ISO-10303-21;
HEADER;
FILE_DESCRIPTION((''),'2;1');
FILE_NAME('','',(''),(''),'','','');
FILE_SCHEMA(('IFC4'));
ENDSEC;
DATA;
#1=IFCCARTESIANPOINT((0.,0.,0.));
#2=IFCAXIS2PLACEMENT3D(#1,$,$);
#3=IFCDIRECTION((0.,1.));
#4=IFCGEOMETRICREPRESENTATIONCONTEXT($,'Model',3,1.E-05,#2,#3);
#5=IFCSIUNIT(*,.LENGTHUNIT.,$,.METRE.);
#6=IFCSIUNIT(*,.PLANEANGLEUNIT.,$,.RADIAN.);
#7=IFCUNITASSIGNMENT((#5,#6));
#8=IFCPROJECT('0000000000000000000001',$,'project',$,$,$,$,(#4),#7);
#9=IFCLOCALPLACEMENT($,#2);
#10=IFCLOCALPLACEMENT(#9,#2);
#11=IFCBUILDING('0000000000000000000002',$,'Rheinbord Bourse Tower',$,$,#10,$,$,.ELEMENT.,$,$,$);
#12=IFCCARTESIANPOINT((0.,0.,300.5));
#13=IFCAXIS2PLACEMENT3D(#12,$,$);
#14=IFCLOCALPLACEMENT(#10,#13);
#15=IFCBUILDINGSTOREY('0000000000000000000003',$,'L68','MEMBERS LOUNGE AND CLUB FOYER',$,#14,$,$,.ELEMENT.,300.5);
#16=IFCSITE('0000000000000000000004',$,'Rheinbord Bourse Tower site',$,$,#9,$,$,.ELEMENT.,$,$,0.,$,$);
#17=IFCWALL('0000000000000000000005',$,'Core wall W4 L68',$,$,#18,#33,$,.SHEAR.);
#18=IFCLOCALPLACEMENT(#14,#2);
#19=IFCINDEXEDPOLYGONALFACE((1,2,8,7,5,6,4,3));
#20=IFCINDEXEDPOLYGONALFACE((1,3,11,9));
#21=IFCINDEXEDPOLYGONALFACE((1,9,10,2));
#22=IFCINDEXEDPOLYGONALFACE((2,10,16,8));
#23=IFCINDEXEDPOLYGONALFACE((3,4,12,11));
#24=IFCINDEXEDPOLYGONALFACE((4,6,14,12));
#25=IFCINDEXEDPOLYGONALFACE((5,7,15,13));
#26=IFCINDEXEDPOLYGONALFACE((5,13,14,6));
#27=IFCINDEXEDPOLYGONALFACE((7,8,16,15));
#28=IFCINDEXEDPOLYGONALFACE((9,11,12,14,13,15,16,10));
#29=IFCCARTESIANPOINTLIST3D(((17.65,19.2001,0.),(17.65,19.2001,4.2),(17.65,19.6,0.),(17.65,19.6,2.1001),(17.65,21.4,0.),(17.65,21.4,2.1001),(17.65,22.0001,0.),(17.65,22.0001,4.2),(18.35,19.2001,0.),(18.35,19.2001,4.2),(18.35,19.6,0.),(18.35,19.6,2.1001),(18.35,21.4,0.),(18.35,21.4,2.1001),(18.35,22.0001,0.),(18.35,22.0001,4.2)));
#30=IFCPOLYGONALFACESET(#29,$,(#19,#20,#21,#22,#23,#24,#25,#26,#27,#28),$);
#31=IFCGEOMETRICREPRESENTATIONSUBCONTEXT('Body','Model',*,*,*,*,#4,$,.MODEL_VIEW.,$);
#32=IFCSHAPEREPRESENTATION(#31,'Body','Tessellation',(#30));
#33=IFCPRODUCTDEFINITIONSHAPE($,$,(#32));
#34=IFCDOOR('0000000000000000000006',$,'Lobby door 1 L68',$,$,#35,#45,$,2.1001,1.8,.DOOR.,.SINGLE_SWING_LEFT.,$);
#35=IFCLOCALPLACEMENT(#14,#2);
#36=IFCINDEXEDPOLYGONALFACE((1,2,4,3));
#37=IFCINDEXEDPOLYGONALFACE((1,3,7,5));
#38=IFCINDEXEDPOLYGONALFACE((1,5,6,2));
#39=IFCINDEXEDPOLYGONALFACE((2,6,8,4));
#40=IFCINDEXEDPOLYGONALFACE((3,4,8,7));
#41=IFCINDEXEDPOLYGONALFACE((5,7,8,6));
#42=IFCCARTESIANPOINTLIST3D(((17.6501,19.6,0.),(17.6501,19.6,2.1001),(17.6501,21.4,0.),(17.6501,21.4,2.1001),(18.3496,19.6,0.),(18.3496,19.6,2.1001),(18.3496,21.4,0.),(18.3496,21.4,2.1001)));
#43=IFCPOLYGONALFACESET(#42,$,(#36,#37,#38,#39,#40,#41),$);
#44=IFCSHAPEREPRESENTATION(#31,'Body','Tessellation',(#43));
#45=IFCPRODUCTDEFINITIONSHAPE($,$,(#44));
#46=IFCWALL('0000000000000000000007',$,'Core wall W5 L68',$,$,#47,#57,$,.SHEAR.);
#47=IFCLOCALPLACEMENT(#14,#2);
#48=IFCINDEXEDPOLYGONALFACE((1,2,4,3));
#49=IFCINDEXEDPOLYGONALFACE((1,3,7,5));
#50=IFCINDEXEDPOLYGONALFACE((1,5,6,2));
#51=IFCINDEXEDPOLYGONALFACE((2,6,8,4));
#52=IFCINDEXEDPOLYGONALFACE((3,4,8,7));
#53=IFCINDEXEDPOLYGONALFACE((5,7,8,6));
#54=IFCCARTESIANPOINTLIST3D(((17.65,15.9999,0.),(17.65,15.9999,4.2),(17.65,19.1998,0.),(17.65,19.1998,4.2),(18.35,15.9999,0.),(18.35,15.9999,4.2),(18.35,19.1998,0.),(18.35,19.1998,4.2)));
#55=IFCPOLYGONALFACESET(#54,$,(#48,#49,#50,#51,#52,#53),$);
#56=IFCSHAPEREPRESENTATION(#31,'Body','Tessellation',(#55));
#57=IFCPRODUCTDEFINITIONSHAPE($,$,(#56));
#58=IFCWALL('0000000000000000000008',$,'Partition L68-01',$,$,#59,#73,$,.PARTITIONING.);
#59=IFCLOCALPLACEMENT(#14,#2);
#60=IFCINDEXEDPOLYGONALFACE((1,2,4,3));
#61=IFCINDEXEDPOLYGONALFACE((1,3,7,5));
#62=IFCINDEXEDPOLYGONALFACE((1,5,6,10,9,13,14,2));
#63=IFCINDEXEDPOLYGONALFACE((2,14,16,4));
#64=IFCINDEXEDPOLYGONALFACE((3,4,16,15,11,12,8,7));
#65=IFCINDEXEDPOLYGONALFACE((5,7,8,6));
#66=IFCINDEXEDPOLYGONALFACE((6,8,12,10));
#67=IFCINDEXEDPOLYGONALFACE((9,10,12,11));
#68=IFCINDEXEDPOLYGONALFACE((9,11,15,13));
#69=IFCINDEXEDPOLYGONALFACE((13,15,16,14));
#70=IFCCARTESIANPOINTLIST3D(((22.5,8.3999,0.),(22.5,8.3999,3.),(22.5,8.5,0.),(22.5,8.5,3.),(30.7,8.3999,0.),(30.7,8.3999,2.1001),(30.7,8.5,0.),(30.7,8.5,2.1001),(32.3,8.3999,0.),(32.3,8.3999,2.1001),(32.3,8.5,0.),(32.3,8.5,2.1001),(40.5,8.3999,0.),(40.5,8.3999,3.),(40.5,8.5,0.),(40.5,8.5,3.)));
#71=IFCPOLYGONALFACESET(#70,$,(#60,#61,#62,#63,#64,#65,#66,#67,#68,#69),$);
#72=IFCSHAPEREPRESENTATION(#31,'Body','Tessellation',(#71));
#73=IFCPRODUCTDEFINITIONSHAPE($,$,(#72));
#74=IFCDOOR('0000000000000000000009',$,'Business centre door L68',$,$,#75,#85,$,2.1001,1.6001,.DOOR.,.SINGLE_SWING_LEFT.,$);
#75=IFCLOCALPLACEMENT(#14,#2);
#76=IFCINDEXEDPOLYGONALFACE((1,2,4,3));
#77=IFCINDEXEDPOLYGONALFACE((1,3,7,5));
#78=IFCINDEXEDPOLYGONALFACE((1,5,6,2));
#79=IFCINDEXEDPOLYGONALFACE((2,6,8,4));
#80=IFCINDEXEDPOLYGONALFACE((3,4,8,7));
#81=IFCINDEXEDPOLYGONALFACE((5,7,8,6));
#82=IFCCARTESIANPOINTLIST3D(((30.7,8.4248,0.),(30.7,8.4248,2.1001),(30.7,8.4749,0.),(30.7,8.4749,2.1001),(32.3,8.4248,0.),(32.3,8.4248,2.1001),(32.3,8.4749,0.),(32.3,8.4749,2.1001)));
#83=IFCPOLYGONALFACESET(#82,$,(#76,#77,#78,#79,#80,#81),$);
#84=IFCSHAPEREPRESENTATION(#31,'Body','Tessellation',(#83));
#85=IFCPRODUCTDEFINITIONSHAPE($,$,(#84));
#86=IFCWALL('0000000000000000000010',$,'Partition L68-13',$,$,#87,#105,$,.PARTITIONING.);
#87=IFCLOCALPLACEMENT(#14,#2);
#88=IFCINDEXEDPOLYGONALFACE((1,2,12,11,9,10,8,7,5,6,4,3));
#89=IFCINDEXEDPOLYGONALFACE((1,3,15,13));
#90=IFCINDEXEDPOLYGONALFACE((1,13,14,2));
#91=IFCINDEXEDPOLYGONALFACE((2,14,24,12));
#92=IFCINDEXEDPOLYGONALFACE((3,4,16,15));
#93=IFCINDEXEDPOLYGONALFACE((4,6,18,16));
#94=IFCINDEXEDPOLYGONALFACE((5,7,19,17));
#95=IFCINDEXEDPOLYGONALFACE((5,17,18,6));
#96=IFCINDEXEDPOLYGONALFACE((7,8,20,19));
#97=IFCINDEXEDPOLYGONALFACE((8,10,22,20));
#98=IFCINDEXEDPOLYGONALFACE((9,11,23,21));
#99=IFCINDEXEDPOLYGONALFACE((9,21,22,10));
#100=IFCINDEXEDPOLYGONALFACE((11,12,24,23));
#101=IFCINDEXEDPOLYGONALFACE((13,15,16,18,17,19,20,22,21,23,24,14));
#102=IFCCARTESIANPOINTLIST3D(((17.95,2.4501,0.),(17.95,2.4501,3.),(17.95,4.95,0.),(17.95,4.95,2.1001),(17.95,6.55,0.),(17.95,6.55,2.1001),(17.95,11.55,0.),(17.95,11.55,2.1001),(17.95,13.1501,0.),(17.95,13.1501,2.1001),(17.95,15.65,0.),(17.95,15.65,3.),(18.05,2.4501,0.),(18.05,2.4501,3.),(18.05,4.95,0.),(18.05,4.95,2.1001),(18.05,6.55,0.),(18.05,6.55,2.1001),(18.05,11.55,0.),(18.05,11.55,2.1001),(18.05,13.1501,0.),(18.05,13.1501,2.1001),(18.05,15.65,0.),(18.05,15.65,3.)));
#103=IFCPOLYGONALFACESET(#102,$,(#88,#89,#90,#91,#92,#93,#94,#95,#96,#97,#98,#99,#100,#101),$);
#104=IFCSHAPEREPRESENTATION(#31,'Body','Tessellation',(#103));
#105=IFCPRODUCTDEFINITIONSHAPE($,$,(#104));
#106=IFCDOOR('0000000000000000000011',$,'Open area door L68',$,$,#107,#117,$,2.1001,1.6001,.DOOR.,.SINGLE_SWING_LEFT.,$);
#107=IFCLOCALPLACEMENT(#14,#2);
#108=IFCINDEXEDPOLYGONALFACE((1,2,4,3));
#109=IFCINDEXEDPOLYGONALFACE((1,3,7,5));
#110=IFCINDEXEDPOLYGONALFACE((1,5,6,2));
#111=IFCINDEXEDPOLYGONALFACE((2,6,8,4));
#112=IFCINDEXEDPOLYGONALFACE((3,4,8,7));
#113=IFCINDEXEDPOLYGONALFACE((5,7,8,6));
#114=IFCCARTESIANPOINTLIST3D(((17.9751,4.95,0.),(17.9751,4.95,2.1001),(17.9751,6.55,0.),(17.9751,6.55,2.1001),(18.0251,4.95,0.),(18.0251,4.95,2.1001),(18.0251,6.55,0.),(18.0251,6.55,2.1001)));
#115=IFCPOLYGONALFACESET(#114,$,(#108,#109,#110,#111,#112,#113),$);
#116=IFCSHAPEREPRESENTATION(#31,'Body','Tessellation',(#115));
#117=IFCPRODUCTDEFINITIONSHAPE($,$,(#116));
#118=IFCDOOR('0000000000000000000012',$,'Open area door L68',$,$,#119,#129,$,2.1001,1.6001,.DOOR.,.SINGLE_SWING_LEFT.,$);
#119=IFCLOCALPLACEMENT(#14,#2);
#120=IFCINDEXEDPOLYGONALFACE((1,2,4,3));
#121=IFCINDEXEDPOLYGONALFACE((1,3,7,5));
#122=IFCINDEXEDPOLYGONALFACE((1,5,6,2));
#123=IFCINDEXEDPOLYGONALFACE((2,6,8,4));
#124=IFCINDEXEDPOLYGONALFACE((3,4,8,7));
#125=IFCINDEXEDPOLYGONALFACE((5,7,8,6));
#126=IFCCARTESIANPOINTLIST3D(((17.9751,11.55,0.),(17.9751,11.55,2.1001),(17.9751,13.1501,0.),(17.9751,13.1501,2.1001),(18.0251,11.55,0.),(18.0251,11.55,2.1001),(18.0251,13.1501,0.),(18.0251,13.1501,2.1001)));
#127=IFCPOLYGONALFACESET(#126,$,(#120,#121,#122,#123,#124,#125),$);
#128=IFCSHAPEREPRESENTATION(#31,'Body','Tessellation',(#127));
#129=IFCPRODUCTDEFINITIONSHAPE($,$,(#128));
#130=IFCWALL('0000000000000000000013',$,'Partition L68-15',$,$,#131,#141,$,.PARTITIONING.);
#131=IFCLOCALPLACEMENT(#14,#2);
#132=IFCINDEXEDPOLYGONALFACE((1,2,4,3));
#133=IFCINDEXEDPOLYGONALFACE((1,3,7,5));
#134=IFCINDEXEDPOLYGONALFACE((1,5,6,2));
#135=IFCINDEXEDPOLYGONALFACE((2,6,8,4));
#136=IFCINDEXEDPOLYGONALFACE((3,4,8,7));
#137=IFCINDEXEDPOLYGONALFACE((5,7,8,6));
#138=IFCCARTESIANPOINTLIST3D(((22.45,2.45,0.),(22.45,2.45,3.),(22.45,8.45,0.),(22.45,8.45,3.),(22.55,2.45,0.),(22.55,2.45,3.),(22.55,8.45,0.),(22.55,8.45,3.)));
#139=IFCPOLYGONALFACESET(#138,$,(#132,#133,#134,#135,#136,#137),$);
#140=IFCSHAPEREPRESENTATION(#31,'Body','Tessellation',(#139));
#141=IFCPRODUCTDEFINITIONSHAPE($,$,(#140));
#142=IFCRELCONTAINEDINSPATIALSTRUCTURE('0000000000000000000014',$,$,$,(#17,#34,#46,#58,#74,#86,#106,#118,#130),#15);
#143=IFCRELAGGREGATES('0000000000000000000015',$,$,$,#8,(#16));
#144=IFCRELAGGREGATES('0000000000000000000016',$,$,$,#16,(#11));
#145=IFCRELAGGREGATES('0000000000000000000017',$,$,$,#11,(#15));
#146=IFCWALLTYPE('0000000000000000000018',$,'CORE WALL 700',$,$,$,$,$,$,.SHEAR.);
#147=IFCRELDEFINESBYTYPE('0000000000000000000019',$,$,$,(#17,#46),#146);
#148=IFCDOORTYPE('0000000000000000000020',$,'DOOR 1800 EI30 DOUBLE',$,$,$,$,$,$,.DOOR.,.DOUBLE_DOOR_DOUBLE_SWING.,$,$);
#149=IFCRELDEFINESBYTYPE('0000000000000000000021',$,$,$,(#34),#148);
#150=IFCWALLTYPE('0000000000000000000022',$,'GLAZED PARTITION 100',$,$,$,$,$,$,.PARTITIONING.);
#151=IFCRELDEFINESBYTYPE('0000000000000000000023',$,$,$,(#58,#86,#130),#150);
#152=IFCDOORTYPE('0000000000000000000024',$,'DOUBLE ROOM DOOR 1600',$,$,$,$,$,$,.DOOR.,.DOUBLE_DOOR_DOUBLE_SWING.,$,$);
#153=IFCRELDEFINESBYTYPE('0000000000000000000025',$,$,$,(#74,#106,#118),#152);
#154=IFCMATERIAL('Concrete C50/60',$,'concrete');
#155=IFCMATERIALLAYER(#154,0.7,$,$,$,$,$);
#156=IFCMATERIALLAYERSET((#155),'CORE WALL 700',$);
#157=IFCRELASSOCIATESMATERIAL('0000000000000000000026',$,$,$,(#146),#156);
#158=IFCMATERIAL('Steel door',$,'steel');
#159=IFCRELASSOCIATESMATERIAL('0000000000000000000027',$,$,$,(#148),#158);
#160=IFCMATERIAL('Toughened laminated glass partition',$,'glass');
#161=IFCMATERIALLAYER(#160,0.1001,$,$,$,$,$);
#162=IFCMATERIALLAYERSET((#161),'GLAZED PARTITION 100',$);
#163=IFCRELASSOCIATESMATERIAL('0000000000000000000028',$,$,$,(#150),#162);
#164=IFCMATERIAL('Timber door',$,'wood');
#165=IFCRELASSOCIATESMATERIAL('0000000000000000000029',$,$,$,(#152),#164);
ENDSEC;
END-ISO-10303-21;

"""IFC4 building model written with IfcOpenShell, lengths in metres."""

from ifc_helpers import new_model, si_unit, direction, frame, frame_2d, origin, place, context, subcontext, project, spatial, rectangle, extrude, material, layer, layer_set, type_object, element, fill, save


model = new_model("IFC4")

# Units and contexts
model_context = context("Model", 3, precision=1e-05, world=origin(), true_north=direction((0.0, 1.0)))
body_context = subcontext(model_context, "Body", "Model", "MODEL_VIEW")
ifc_project = project(units=[si_unit("LENGTHUNIT", "METRE"), si_unit("PLANEANGLEUNIT", "RADIAN")], contexts=[model_context])

# Site, building, storey
site_placement = place(None, origin())
site = spatial("IfcSite", under=ifc_project, at=site_placement, Name="Rheinbord Bourse Tower site", CompositionType="ELEMENT", RefElevation=0.0)
building_placement = place(site_placement, origin())
building = spatial("IfcBuilding", under=site, at=building_placement, Name="Rheinbord Bourse Tower", CompositionType="ELEMENT")
storey_placement = place(building_placement, frame((0.0, 0.0, 300.5)))
storey = spatial("IfcBuildingStorey", under=building, at=storey_placement, Name="L68", Description="MEMBERS LOUNGE AND CLUB FOYER", CompositionType="ELEMENT", Elevation=300.5)

# Shared definitions
ifc_material_1 = material(Name="Concrete C50/60", Category="concrete")
ifc_layer_1 = layer(ifc_material_1, 0.7)
ifc_layer_set_1 = layer_set([ifc_layer_1], Name="CORE WALL 700")
wall_type_1 = type_object("IfcWallType", Name="CORE WALL 700", PredefinedType="SHEAR", material=ifc_layer_set_1)

# Wall, opening, door
wall_1_placement = place(storey_placement, frame((18.0, 22.0, 0.0), z_axis=(0.0, 0.0, 1.0), x_axis=(0.0, -1.0, 0.0)))
wall_1 = element("IfcWall", 1, at=wall_1_placement, inside=storey, type_object=wall_type_1, Name="Core wall W4 L68", PredefinedType="SHEAR", context=body_context, shape_type="SweptSolid", body=[
    extrude(rectangle(XDim=2.8, YDim=0.7, at=frame_2d((1.3999, 0.0))), origin(), (0.0, 0.0, 1.0), 4.2),
])
opening_1_placement = place(wall_1_placement, frame((0.6001, 0.0, 0.0)))
opening_1 = element("IfcOpeningElement", 2, at=opening_1_placement, cuts=wall_1, PredefinedType="OPENING", context=body_context, shape_type="SweptSolid", body=[
    extrude(rectangle(XDim=1.8, YDim=2.1001, at=frame_2d((0.8999, 1.05))), frame((0.0, 0.3599, 0.0), z_axis=(0.0, -1.0, 0.0), x_axis=(1.0, 0.0, 0.0)), (0.0, 0.0, 1.0), 0.72),
])
ifc_material_2 = material(Name="Steel door", Category="steel")
door_type_1 = type_object("IfcDoorType", Name="DOOR 1800 EI30 DOUBLE", OperationType="DOUBLE_DOOR_DOUBLE_SWING", PredefinedType="DOOR", material=ifc_material_2)
door_1_placement = place(opening_1_placement, origin())
door_1 = element("IfcDoor", 3, at=door_1_placement, inside=storey, type_object=door_type_1, Name="Lobby door 1 L68", OperationType="SINGLE_SWING_LEFT", OverallHeight=2.1001, OverallWidth=1.8, PredefinedType="DOOR", context=body_context, shape_type="SweptSolid", body=[
    extrude(rectangle(XDim=1.8, YDim=2.1001, at=frame_2d((0.8999, 1.05))), frame((0.0, 0.3496, 0.0), z_axis=(0.0, -1.0, 0.0), x_axis=(1.0, 0.0, 0.0)), (0.0, 0.0, 1.0), 0.6995),
])
fill(opening_1, door_1)

# Wall
wall_2_placement = place(storey_placement, frame((18.0, 19.2, 0.0), z_axis=(0.0, 0.0, 1.0), x_axis=(0.0, -1.0, 0.0)))
element("IfcWall", 4, at=wall_2_placement, inside=storey, type_object=wall_type_1, Name="Core wall W5 L68", PredefinedType="SHEAR", context=body_context, shape_type="SweptSolid", body=[
    extrude(rectangle(XDim=3.2, YDim=0.7, at=frame_2d((1.6001, 0.0))), origin(), (0.0, 0.0, 1.0), 4.2),
])

# Wall, opening, door
ifc_material_3 = material(Name="Toughened laminated glass partition", Category="glass")
ifc_layer_2 = layer(ifc_material_3, 0.1001)
ifc_layer_set_2 = layer_set([ifc_layer_2], Name="GLAZED PARTITION 100")
wall_type_2 = type_object("IfcWallType", Name="GLAZED PARTITION 100", PredefinedType="PARTITIONING", material=ifc_layer_set_2)
wall_3_placement = place(storey_placement, frame((22.5, 8.45, 0.0), z_axis=(0.0, 0.0, 1.0), x_axis=(1.0, 0.0, 0.0)))
wall_3 = element("IfcWall", 5, at=wall_3_placement, inside=storey, type_object=wall_type_2, Name="Partition L68-01", PredefinedType="PARTITIONING", context=body_context, shape_type="SweptSolid", body=[
    extrude(rectangle(XDim=18.0, YDim=0.1001, at=frame_2d((9.0, 0.0))), origin(), (0.0, 0.0, 1.0), 3.0),
])
opening_2_placement = place(wall_3_placement, frame((8.2, 0.0, 0.0)))
opening_2 = element("IfcOpeningElement", 6, at=opening_2_placement, cuts=wall_3, PredefinedType="OPENING", context=body_context, shape_type="SweptSolid", body=[
    extrude(rectangle(XDim=1.6001, YDim=2.1001, at=frame_2d((0.8, 1.05))), frame((0.0, 0.0601, 0.0), z_axis=(0.0, -1.0, 0.0), x_axis=(1.0, 0.0, 0.0)), (0.0, 0.0, 1.0), 0.1201),
])
ifc_material_4 = material(Name="Timber door", Category="wood")
door_type_2 = type_object("IfcDoorType", Name="DOUBLE ROOM DOOR 1600", OperationType="DOUBLE_DOOR_DOUBLE_SWING", PredefinedType="DOOR", material=ifc_material_4)
door_2_placement = place(opening_2_placement, origin())
door_2 = element("IfcDoor", 7, at=door_2_placement, inside=storey, type_object=door_type_2, Name="Business centre door L68", OperationType="SINGLE_SWING_LEFT", OverallHeight=2.1001, OverallWidth=1.6001, PredefinedType="DOOR", context=body_context, shape_type="SweptSolid", body=[
    extrude(rectangle(XDim=1.6001, YDim=2.1001, at=frame_2d((0.8, 1.05))), frame((0.0, 0.0249, 0.0), z_axis=(0.0, -1.0, 0.0), x_axis=(1.0, 0.0, 0.0)), (0.0, 0.0, 1.0), 0.05),
])
fill(opening_2, door_2)

# Wall, openings, doors
wall_4_placement = place(storey_placement, frame((18.0, 2.45, 0.0), z_axis=(0.0, 0.0, 1.0), x_axis=(0.0, 1.0, 0.0)))
wall_4 = element("IfcWall", 8, at=wall_4_placement, inside=storey, type_object=wall_type_2, Name="Partition L68-13", PredefinedType="PARTITIONING", context=body_context, shape_type="SweptSolid", body=[
    extrude(rectangle(XDim=13.2, YDim=0.1001, at=frame_2d((6.6001, 0.0))), origin(), (0.0, 0.0, 1.0), 3.0),
])
opening_3_placement = place(wall_4_placement, frame((2.5, 0.0, 0.0)))
opening_3 = element("IfcOpeningElement", 9, at=opening_3_placement, cuts=wall_4, PredefinedType="OPENING", context=body_context, shape_type="SweptSolid", body=[
    extrude(rectangle(XDim=1.6001, YDim=2.1001, at=frame_2d((0.8, 1.05))), frame((0.0, 0.0601, 0.0), z_axis=(0.0, -1.0, 0.0), x_axis=(1.0, 0.0, 0.0)), (0.0, 0.0, 1.0), 0.1201),
])
opening_4_placement = place(wall_4_placement, frame((9.1001, 0.0, 0.0)))
opening_4 = element("IfcOpeningElement", 10, at=opening_4_placement, cuts=wall_4, PredefinedType="OPENING", context=body_context, shape_type="SweptSolid", body=[
    extrude(rectangle(XDim=1.6001, YDim=2.1001, at=frame_2d((0.8, 1.05))), frame((0.0, 0.0601, 0.0), z_axis=(0.0, -1.0, 0.0), x_axis=(1.0, 0.0, 0.0)), (0.0, 0.0, 1.0), 0.1201),
])
door_3_placement = place(opening_3_placement, origin())
door_3 = element("IfcDoor", 11, at=door_3_placement, inside=storey, type_object=door_type_2, Name="Open area door L68", OperationType="SINGLE_SWING_LEFT", OverallHeight=2.1001, OverallWidth=1.6001, PredefinedType="DOOR", context=body_context, shape_type="SweptSolid", body=[
    extrude(rectangle(XDim=1.6001, YDim=2.1001, at=frame_2d((0.8, 1.05))), frame((0.0, 0.0249, 0.0), z_axis=(0.0, -1.0, 0.0), x_axis=(1.0, 0.0, 0.0)), (0.0, 0.0, 1.0), 0.05),
])
fill(opening_3, door_3)
door_4_placement = place(opening_4_placement, origin())
door_4 = element("IfcDoor", 12, at=door_4_placement, inside=storey, type_object=door_type_2, Name="Open area door L68", OperationType="SINGLE_SWING_LEFT", OverallHeight=2.1001, OverallWidth=1.6001, PredefinedType="DOOR", context=body_context, shape_type="SweptSolid", body=[
    extrude(rectangle(XDim=1.6001, YDim=2.1001, at=frame_2d((0.8, 1.05))), frame((0.0, 0.0249, 0.0), z_axis=(0.0, -1.0, 0.0), x_axis=(1.0, 0.0, 0.0)), (0.0, 0.0, 1.0), 0.05),
])
fill(opening_4, door_4)

# Wall
wall_5_placement = place(storey_placement, frame((22.5, 2.45, 0.0), z_axis=(0.0, 0.0, 1.0), x_axis=(0.0, 1.0, 0.0)))
element("IfcWall", 13, at=wall_5_placement, inside=storey, type_object=wall_type_2, Name="Partition L68-15", PredefinedType="PARTITIONING", context=body_context, shape_type="SweptSolid", body=[
    extrude(rectangle(XDim=6.0, YDim=0.1001, at=frame_2d((3.0, 0.0))), origin(), (0.0, 0.0, 1.0), 3.0),
])

save(model, "model.ifc")
